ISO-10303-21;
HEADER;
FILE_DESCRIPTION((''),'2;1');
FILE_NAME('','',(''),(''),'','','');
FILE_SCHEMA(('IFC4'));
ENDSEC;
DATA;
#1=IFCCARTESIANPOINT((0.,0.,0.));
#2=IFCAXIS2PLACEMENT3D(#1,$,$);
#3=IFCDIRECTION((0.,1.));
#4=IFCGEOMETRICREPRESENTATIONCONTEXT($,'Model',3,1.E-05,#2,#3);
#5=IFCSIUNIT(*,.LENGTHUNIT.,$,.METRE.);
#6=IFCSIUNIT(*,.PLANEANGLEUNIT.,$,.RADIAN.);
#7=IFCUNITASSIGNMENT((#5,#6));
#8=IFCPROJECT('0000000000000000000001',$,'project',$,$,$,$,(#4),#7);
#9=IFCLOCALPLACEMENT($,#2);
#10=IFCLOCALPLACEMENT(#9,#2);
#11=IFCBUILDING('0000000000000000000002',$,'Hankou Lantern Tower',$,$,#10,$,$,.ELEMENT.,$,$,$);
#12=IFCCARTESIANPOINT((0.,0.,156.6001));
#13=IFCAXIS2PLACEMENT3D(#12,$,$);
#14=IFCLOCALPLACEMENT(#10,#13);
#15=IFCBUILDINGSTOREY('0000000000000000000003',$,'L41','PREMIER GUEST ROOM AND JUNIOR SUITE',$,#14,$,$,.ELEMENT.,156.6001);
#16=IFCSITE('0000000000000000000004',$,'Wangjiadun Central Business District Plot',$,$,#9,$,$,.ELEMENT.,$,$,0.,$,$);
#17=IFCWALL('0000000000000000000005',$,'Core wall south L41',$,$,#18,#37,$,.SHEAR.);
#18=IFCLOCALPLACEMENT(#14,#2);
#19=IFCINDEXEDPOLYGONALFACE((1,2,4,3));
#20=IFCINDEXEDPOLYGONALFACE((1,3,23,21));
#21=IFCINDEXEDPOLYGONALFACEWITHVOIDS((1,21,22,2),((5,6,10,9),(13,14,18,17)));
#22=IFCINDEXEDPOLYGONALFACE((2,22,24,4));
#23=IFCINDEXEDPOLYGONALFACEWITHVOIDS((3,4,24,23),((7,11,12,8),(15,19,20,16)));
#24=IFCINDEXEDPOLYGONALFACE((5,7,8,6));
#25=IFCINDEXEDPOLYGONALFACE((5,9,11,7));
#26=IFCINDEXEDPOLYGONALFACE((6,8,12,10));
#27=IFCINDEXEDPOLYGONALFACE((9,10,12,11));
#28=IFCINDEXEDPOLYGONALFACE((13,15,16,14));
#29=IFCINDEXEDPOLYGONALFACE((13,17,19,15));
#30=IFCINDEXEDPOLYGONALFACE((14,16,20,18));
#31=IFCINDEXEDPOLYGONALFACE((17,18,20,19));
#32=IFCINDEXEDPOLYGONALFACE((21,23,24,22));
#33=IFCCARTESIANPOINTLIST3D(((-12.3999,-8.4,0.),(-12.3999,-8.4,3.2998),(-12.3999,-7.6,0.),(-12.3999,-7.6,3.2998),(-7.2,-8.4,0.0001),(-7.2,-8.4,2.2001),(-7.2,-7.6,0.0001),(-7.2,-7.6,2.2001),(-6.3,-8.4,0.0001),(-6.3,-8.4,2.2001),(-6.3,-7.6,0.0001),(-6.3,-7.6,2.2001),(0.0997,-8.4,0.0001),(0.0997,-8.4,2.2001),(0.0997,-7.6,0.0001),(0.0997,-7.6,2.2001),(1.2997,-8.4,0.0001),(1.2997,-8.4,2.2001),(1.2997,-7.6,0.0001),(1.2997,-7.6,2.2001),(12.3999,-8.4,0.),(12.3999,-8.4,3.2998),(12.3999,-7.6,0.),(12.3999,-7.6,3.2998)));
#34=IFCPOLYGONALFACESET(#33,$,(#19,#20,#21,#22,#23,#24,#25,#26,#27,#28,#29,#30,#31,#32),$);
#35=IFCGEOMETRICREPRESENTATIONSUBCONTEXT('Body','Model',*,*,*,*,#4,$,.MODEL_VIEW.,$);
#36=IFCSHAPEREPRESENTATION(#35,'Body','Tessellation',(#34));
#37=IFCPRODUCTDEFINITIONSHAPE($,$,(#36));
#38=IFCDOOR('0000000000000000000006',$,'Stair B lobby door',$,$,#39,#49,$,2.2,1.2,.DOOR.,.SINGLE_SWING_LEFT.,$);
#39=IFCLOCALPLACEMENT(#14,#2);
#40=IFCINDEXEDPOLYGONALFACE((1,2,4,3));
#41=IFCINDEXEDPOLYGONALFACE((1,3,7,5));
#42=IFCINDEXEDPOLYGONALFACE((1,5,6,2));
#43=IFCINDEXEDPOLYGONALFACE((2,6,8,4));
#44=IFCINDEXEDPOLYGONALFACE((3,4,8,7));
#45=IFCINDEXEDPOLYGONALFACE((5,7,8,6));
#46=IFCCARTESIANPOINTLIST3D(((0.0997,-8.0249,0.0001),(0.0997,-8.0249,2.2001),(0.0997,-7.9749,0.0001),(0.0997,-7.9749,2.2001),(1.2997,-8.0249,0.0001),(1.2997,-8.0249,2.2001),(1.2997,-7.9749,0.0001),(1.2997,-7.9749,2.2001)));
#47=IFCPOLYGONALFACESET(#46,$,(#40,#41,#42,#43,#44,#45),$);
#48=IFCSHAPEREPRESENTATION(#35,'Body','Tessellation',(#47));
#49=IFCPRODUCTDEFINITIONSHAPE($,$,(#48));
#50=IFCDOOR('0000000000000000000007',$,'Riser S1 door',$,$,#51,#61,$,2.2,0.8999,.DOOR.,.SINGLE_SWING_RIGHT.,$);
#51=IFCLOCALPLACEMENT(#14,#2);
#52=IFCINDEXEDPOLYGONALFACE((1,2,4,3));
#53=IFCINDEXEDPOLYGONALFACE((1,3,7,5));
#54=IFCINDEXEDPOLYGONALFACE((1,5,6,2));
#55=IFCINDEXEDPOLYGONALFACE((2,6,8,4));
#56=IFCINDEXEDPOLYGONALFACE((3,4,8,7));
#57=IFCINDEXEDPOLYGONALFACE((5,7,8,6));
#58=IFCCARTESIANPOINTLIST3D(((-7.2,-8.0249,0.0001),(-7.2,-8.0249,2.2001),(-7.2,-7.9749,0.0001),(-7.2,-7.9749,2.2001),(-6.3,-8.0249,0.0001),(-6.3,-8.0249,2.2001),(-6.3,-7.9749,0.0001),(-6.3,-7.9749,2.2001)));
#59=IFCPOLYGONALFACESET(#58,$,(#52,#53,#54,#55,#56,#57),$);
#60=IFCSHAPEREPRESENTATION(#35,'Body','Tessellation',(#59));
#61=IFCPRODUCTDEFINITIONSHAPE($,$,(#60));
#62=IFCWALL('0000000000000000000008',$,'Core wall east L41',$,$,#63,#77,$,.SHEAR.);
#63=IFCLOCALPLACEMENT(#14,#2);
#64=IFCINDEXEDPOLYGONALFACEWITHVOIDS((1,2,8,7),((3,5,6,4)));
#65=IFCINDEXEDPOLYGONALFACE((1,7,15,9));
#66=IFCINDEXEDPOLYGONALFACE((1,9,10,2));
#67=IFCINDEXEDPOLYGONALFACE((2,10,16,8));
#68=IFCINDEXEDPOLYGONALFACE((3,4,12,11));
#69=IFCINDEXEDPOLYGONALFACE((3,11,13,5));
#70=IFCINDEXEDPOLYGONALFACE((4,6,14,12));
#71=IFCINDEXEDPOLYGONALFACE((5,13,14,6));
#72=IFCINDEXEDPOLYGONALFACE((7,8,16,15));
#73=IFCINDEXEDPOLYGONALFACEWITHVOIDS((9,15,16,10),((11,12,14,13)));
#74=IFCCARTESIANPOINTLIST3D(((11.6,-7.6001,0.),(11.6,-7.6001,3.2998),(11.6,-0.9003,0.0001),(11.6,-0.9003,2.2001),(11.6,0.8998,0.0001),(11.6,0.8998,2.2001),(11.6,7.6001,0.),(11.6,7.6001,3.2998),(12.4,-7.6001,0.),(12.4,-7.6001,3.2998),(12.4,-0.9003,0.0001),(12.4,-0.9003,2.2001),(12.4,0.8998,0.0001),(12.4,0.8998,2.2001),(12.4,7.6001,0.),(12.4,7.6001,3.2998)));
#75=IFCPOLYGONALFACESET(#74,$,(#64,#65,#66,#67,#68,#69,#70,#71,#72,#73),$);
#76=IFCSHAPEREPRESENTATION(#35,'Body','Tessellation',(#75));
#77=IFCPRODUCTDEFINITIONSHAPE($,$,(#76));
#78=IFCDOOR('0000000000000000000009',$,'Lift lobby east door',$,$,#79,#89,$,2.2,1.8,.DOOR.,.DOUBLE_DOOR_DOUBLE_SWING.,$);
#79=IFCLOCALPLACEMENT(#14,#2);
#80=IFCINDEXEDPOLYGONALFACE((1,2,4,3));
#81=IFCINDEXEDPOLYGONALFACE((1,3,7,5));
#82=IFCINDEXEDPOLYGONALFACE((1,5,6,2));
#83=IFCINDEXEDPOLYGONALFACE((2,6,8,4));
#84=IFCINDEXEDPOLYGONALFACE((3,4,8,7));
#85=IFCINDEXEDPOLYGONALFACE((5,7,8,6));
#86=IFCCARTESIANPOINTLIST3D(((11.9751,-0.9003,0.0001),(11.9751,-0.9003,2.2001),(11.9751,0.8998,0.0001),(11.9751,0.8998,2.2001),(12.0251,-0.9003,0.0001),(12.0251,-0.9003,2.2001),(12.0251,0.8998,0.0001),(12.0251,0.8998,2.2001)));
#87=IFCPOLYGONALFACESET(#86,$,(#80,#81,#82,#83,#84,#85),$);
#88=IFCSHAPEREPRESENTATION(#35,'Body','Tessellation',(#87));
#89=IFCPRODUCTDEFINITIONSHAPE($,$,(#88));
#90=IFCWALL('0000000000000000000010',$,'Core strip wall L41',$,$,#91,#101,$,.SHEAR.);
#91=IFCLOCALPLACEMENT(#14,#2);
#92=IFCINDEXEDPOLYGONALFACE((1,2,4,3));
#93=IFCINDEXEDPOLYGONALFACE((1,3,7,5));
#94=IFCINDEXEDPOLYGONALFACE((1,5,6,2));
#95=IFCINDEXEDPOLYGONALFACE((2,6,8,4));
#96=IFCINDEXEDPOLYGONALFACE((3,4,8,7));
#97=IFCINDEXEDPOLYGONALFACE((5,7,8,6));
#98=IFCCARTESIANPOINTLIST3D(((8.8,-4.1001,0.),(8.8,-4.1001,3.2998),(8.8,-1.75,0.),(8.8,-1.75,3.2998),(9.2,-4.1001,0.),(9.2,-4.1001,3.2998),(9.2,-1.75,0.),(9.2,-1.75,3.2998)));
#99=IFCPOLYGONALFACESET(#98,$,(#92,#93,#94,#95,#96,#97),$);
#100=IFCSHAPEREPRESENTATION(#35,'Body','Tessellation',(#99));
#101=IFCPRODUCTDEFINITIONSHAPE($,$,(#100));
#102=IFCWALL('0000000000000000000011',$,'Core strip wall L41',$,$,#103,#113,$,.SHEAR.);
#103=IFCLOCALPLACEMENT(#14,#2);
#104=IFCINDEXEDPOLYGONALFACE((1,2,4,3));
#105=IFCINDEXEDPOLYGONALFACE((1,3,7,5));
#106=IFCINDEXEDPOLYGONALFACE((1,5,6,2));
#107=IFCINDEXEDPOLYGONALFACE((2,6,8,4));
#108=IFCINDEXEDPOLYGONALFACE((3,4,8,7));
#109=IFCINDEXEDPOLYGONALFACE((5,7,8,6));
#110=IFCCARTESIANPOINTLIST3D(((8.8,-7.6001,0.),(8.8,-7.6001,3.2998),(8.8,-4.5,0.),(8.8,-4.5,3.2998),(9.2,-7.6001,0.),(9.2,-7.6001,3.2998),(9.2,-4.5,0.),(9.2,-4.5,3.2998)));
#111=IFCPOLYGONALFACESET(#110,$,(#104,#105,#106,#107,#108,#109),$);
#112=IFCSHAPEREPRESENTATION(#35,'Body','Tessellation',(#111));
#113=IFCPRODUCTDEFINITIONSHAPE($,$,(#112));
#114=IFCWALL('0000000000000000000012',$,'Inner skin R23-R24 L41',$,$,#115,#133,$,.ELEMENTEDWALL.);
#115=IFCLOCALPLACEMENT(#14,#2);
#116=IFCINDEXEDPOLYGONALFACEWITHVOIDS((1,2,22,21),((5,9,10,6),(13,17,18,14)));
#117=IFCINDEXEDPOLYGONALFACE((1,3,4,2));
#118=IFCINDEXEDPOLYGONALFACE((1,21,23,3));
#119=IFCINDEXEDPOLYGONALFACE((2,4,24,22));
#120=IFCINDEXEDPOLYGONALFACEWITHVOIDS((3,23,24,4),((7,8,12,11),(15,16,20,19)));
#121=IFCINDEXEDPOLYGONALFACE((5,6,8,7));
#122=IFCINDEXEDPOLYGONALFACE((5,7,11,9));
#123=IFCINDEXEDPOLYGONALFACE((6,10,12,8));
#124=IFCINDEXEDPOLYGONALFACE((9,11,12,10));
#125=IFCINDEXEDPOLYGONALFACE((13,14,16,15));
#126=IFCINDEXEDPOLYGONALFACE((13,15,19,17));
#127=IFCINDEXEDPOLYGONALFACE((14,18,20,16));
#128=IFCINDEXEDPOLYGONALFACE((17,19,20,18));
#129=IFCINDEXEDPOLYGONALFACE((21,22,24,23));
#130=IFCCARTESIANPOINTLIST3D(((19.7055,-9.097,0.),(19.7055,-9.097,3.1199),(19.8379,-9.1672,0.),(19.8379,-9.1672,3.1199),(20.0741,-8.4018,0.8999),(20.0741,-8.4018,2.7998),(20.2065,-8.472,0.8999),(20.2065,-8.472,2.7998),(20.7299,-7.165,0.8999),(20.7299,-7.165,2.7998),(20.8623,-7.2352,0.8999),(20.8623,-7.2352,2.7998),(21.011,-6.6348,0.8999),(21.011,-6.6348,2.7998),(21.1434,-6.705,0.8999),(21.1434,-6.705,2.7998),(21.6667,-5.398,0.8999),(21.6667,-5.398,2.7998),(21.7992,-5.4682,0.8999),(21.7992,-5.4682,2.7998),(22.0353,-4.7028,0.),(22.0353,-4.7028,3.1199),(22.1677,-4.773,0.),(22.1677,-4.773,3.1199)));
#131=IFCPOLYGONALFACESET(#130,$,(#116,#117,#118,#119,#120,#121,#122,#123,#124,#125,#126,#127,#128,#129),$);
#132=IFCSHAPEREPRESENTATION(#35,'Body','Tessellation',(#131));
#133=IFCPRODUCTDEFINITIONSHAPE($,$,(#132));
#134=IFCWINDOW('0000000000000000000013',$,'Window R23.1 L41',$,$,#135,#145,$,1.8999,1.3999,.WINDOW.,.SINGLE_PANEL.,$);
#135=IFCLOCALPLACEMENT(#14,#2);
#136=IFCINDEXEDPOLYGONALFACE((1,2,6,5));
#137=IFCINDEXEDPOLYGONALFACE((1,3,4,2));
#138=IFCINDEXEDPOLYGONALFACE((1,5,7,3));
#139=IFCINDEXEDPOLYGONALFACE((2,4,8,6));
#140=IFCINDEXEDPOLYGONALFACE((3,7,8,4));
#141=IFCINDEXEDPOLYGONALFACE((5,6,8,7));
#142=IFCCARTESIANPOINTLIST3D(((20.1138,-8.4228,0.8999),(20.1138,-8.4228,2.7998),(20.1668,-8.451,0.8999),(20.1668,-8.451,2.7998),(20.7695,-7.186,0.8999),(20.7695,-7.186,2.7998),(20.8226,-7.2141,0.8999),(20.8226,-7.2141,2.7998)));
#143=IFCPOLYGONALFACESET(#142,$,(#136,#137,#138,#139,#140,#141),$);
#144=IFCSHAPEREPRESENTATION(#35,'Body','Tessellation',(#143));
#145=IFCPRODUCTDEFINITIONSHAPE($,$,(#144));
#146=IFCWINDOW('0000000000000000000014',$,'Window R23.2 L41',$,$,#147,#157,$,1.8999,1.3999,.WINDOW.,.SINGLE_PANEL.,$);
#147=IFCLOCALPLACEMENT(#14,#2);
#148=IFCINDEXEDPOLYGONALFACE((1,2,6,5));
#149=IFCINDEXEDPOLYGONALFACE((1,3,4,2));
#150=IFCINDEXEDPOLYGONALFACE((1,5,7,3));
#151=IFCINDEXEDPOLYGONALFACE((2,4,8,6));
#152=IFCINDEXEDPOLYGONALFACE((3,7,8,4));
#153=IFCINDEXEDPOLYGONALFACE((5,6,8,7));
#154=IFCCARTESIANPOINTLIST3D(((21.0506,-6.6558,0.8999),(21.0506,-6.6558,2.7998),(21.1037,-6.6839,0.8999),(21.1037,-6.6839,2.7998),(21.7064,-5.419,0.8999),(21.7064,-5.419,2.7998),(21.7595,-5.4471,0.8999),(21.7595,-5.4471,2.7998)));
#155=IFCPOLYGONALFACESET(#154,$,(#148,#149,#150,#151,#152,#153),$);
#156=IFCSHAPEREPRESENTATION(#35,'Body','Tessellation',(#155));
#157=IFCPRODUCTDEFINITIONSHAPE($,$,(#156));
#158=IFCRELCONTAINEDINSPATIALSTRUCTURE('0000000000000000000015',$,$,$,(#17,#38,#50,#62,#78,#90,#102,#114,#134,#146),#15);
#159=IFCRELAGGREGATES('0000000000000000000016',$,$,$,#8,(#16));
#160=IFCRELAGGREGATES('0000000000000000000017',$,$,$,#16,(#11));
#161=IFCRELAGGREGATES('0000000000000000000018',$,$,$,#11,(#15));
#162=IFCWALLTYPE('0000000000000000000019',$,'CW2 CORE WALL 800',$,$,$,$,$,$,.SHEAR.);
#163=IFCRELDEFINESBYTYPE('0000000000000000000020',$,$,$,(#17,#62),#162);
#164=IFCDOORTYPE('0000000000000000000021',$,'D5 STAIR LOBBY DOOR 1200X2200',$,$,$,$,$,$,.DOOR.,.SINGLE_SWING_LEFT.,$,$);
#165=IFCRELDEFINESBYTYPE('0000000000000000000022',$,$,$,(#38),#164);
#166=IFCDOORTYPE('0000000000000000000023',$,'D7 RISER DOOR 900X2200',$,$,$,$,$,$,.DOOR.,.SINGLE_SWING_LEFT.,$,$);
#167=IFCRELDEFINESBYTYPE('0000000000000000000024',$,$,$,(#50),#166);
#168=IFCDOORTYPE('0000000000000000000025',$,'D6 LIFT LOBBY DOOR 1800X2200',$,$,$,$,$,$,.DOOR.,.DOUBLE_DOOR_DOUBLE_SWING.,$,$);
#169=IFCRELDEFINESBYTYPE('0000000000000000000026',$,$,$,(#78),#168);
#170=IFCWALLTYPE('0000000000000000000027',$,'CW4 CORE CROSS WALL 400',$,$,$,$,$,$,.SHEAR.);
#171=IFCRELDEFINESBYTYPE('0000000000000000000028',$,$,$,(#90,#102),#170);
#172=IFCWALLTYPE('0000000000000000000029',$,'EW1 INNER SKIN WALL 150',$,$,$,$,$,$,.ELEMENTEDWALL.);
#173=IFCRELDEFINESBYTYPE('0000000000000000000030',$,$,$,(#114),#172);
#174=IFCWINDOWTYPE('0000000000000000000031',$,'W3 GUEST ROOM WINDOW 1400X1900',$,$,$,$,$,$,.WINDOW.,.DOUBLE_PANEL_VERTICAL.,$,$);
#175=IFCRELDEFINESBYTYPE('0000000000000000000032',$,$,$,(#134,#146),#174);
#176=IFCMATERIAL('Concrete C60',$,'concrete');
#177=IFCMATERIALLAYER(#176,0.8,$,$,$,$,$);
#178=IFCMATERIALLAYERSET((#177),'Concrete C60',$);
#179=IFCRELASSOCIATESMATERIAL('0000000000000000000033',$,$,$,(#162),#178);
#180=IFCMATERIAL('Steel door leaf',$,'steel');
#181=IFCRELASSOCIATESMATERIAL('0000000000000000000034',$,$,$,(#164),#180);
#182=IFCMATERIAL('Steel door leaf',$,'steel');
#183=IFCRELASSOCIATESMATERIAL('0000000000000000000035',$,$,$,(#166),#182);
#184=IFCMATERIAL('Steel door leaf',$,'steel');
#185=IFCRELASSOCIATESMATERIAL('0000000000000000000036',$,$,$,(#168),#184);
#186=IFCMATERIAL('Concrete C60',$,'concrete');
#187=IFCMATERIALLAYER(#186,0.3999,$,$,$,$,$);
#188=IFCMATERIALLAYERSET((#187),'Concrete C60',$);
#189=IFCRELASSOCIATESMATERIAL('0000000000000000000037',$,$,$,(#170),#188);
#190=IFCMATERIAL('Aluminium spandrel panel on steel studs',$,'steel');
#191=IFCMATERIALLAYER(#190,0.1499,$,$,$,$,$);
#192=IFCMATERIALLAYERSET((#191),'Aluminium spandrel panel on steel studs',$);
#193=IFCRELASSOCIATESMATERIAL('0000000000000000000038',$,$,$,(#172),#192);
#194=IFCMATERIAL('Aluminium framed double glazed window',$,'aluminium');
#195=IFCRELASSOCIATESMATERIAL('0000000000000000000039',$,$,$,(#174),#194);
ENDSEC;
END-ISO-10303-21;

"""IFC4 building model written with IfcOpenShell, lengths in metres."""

from ifc_helpers import new_model, si_unit, direction, frame, frame_2d, origin, place, context, subcontext, project, spatial, rectangle, extrude, material, layer, layer_set, type_object, element, fill, save


model = new_model("IFC4")

# Units and contexts
model_context = context("Model", 3, precision=1e-05, world=origin(), true_north=direction((0.0, 1.0)))
body_context = subcontext(model_context, "Body", "Model", "MODEL_VIEW")
ifc_project = project(units=[si_unit("LENGTHUNIT", "METRE"), si_unit("PLANEANGLEUNIT", "RADIAN")], contexts=[model_context])

# Site, building, storey
site_placement = place(None, origin())
site = spatial("IfcSite", under=ifc_project, at=site_placement, Name="Wangjiadun Central Business District Plot", CompositionType="ELEMENT", RefElevation=0.0)
building_placement = place(site_placement, origin())
building = spatial("IfcBuilding", under=site, at=building_placement, Name="Hankou Lantern Tower", CompositionType="ELEMENT")
storey_placement = place(building_placement, frame((0.0, 0.0, 156.6001)))
storey = spatial("IfcBuildingStorey", under=building, at=storey_placement, Name="L41", Description="PREMIER GUEST ROOM AND JUNIOR SUITE", CompositionType="ELEMENT", Elevation=156.6001)

# Wall, openings, doors
ifc_material_1 = material(Name="Concrete C60", Category="concrete")
ifc_layer_1 = layer(ifc_material_1, 0.8)
ifc_layer_set_1 = layer_set([ifc_layer_1], Name="Concrete C60")
wall_type_1 = type_object("IfcWallType", Name="CW2 CORE WALL 800", PredefinedType="SHEAR", material=ifc_layer_set_1)
wall_1_placement = place(storey_placement, frame((12.3999, -8.0, 0.0), z_axis=(0.0, 0.0, 1.0), x_axis=(-1.0, 0.0, 0.0)))
wall_1 = element("IfcWall", 1, at=wall_1_placement, inside=storey, type_object=wall_type_1, Name="Core wall south L41", PredefinedType="SHEAR", context=body_context, shape_type="SweptSolid", body=[
    extrude(rectangle(XDim=24.7998, YDim=0.8, at=frame_2d((12.3999, 0.0))), origin(), (0.0, 0.0, 1.0), 3.2998),
])
opening_1_placement = place(wall_1_placement, frame((11.1001, 0.0, 0.0)))
opening_1 = element("IfcOpeningElement", 2, at=opening_1_placement, cuts=wall_1, PredefinedType="OPENING", context=body_context, shape_type="SweptSolid", body=[
    extrude(rectangle(XDim=1.2, YDim=2.2, at=frame_2d((0.6001, 1.1001))), frame((0.0, 0.4099, 0.0), z_axis=(0.0, -1.0, 0.0), x_axis=(1.0, 0.0, 0.0)), (0.0, 0.0, 1.0), 0.8201),
])
opening_2_placement = place(wall_1_placement, frame((18.7, 0.0, 0.0)))
opening_2 = element("IfcOpeningElement", 3, at=opening_2_placement, cuts=wall_1, PredefinedType="OPENING", context=body_context, shape_type="SweptSolid", body=[
    extrude(rectangle(XDim=0.8999, YDim=2.2, at=frame_2d((0.45, 1.1001))), frame((0.0, 0.4099, 0.0), z_axis=(0.0, -1.0, 0.0), x_axis=(1.0, 0.0, 0.0)), (0.0, 0.0, 1.0), 0.8201),
])
ifc_material_2 = material(Name="Steel door leaf", Category="steel")
door_type_1 = type_object("IfcDoorType", Name="D5 STAIR LOBBY DOOR 1200X2200", OperationType="SINGLE_SWING_LEFT", PredefinedType="DOOR", material=ifc_material_2)
door_1_placement = place(opening_1_placement, origin())
door_1 = element("IfcDoor", 4, at=door_1_placement, inside=storey, type_object=door_type_1, Name="Stair B lobby door", OperationType="SINGLE_SWING_LEFT", OverallHeight=2.2, OverallWidth=1.2, PredefinedType="DOOR", context=body_context, shape_type="SweptSolid", body=[
    extrude(rectangle(XDim=1.2, YDim=2.2, at=frame_2d((0.6001, 1.1001))), frame((0.0, 0.0249, 0.0), z_axis=(0.0, -1.0, 0.0), x_axis=(1.0, 0.0, 0.0)), (0.0, 0.0, 1.0), 0.05),
])
fill(opening_1, door_1)
ifc_material_3 = material(Name="Steel door leaf", Category="steel")
door_type_2 = type_object("IfcDoorType", Name="D7 RISER DOOR 900X2200", OperationType="SINGLE_SWING_LEFT", PredefinedType="DOOR", material=ifc_material_3)
door_2_placement = place(opening_2_placement, origin())
door_2 = element("IfcDoor", 5, at=door_2_placement, inside=storey, type_object=door_type_2, Name="Riser S1 door", OperationType="SINGLE_SWING_RIGHT", OverallHeight=2.2, OverallWidth=0.8999, PredefinedType="DOOR", context=body_context, shape_type="SweptSolid", body=[
    extrude(rectangle(XDim=0.8999, YDim=2.2, at=frame_2d((0.45, 1.1001))), frame((0.0, 0.0249, 0.0), z_axis=(0.0, -1.0, 0.0), x_axis=(1.0, 0.0, 0.0)), (0.0, 0.0, 1.0), 0.05),
])
fill(opening_2, door_2)

# Wall, opening, door
wall_2_placement = place(storey_placement, frame((12.0, -7.6001, 0.0), z_axis=(0.0, 0.0, 1.0), x_axis=(0.0, 1.0, 0.0)))
wall_2 = element("IfcWall", 6, at=wall_2_placement, inside=storey, type_object=wall_type_1, Name="Core wall east L41", PredefinedType="SHEAR", context=body_context, shape_type="SweptSolid", body=[
    extrude(rectangle(XDim=15.2002, YDim=0.8, at=frame_2d((7.6001, 0.0))), origin(), (0.0, 0.0, 1.0), 3.2998),
])
opening_3_placement = place(wall_2_placement, frame((6.7, 0.0, 0.0)))
opening_3 = element("IfcOpeningElement", 7, at=opening_3_placement, cuts=wall_2, PredefinedType="OPENING", context=body_context, shape_type="SweptSolid", body=[
    extrude(rectangle(XDim=1.8, YDim=2.2, at=frame_2d((0.8999, 1.1001))), frame((0.0, 0.4099, 0.0), z_axis=(0.0, -1.0, 0.0), x_axis=(1.0, 0.0, 0.0)), (0.0, 0.0, 1.0), 0.8201),
])
ifc_material_4 = material(Name="Steel door leaf", Category="steel")
door_type_3 = type_object("IfcDoorType", Name="D6 LIFT LOBBY DOOR 1800X2200", OperationType="DOUBLE_DOOR_DOUBLE_SWING", PredefinedType="DOOR", material=ifc_material_4)
door_3_placement = place(opening_3_placement, origin())
door_3 = element("IfcDoor", 8, at=door_3_placement, inside=storey, type_object=door_type_3, Name="Lift lobby east door", OperationType="DOUBLE_DOOR_DOUBLE_SWING", OverallHeight=2.2, OverallWidth=1.8, PredefinedType="DOOR", context=body_context, shape_type="SweptSolid", body=[
    extrude(rectangle(XDim=1.8, YDim=2.2, at=frame_2d((0.8999, 1.1001))), frame((0.0, 0.0249, 0.0), z_axis=(0.0, -1.0, 0.0), x_axis=(1.0, 0.0, 0.0)), (0.0, 0.0, 1.0), 0.05),
])
fill(opening_3, door_3)

# Walls
ifc_material_5 = material(Name="Concrete C60", Category="concrete")
ifc_layer_2 = layer(ifc_material_5, 0.3999)
ifc_layer_set_2 = layer_set([ifc_layer_2], Name="Concrete C60")
wall_type_2 = type_object("IfcWallType", Name="CW4 CORE CROSS WALL 400", PredefinedType="SHEAR", material=ifc_layer_set_2)
wall_3_placement = place(storey_placement, frame((9.0, -4.1001, 0.0), z_axis=(0.0, 0.0, 1.0), x_axis=(0.0, 1.0, 0.0)))
element("IfcWall", 9, at=wall_3_placement, inside=storey, type_object=wall_type_2, Name="Core strip wall L41", PredefinedType="SHEAR", context=body_context, shape_type="SweptSolid", body=[
    extrude(rectangle(XDim=2.3501, YDim=0.3999, at=frame_2d((1.175, 0.0))), origin(), (0.0, 0.0, 1.0), 3.2998),
])
wall_4_placement = place(storey_placement, frame((9.0, -7.6001, 0.0), z_axis=(0.0, 0.0, 1.0), x_axis=(0.0, 1.0, 0.0)))
element("IfcWall", 10, at=wall_4_placement, inside=storey, type_object=wall_type_2, Name="Core strip wall L41", PredefinedType="SHEAR", context=body_context, shape_type="SweptSolid", body=[
    extrude(rectangle(XDim=3.1001, YDim=0.3999, at=frame_2d((1.55, 0.0))), origin(), (0.0, 0.0, 1.0), 3.2998),
])

# Wall, openings, windows
ifc_material_6 = material(Name="Aluminium spandrel panel on steel studs", Category="steel")
ifc_layer_3 = layer(ifc_material_6, 0.1499)
ifc_layer_set_3 = layer_set([ifc_layer_3], Name="Aluminium spandrel panel on steel studs")
wall_type_3 = type_object("IfcWallType", Name="EW1 INNER SKIN WALL 150", PredefinedType="ELEMENTEDWALL", material=ifc_layer_set_3)
wall_5_placement = place(storey_placement, frame((19.7717, -9.1321, 0.0), z_axis=(0.0, 0.0, 1.0), x_axis=(0.468429, 0.883501, 0.0)))
wall_5 = element("IfcWall", 11, at=wall_5_placement, inside=storey, type_object=wall_type_3, Name="Inner skin R23-R24 L41", PredefinedType="ELEMENTEDWALL", context=body_context, shape_type="SweptSolid", body=[
    extrude(rectangle(XDim=4.9736, YDim=0.1499, at=frame_2d((2.4868, 0.0))), origin(), (0.0, 0.0, 1.0), 3.1199),
])
opening_4_placement = place(wall_5_placement, frame((0.7869, 0.0, 0.8999)))
opening_4 = element("IfcOpeningElement", 12, at=opening_4_placement, cuts=wall_5, PredefinedType="OPENING", context=body_context, shape_type="SweptSolid", body=[
    extrude(rectangle(XDim=1.3999, YDim=1.8999, at=frame_2d((0.7, 0.95))), frame((0.0, 0.085, 0.0), z_axis=(0.0, -1.0, 0.0), x_axis=(1.0, 0.0, 0.0)), (0.0, 0.0, 1.0), 0.1699),
])
opening_5_placement = place(wall_5_placement, frame((2.7869, 0.0, 0.8999)))
opening_5 = element("IfcOpeningElement", 13, at=opening_5_placement, cuts=wall_5, PredefinedType="OPENING", context=body_context, shape_type="SweptSolid", body=[
    extrude(rectangle(XDim=1.3999, YDim=1.8999, at=frame_2d((0.7, 0.95))), frame((0.0, 0.085, 0.0), z_axis=(0.0, -1.0, 0.0), x_axis=(1.0, 0.0, 0.0)), (0.0, 0.0, 1.0), 0.1699),
])
ifc_material_7 = material(Name="Aluminium framed double glazed window", Category="aluminium")
window_type = type_object("IfcWindowType", Name="W3 GUEST ROOM WINDOW 1400X1900", PartitioningType="DOUBLE_PANEL_VERTICAL", PredefinedType="WINDOW", material=ifc_material_7)
window_1_placement = place(opening_4_placement, origin())
window_1 = element("IfcWindow", 14, at=window_1_placement, inside=storey, type_object=window_type, Name="Window R23.1 L41", OverallHeight=1.8999, OverallWidth=1.3999, PartitioningType="SINGLE_PANEL", PredefinedType="WINDOW", context=body_context, shape_type="SweptSolid", body=[
    extrude(rectangle(XDim=1.3999, YDim=1.8999, at=frame_2d((0.7, 0.95))), frame((0.0, 0.03, 0.0), z_axis=(0.0, -1.0, 0.0), x_axis=(1.0, 0.0, 0.0)), (0.0, 0.0, 1.0), 0.0601),
])
fill(opening_4, window_1)
window_2_placement = place(opening_5_placement, origin())
window_2 = element("IfcWindow", 15, at=window_2_placement, inside=storey, type_object=window_type, Name="Window R23.2 L41", OverallHeight=1.8999, OverallWidth=1.3999, PartitioningType="SINGLE_PANEL", PredefinedType="WINDOW", context=body_context, shape_type="SweptSolid", body=[
    extrude(rectangle(XDim=1.3999, YDim=1.8999, at=frame_2d((0.7, 0.95))), frame((0.0, 0.03, 0.0), z_axis=(0.0, -1.0, 0.0), x_axis=(1.0, 0.0, 0.0)), (0.0, 0.0, 1.0), 0.0601),
])
fill(opening_5, window_2)

save(model, "model.ifc")
